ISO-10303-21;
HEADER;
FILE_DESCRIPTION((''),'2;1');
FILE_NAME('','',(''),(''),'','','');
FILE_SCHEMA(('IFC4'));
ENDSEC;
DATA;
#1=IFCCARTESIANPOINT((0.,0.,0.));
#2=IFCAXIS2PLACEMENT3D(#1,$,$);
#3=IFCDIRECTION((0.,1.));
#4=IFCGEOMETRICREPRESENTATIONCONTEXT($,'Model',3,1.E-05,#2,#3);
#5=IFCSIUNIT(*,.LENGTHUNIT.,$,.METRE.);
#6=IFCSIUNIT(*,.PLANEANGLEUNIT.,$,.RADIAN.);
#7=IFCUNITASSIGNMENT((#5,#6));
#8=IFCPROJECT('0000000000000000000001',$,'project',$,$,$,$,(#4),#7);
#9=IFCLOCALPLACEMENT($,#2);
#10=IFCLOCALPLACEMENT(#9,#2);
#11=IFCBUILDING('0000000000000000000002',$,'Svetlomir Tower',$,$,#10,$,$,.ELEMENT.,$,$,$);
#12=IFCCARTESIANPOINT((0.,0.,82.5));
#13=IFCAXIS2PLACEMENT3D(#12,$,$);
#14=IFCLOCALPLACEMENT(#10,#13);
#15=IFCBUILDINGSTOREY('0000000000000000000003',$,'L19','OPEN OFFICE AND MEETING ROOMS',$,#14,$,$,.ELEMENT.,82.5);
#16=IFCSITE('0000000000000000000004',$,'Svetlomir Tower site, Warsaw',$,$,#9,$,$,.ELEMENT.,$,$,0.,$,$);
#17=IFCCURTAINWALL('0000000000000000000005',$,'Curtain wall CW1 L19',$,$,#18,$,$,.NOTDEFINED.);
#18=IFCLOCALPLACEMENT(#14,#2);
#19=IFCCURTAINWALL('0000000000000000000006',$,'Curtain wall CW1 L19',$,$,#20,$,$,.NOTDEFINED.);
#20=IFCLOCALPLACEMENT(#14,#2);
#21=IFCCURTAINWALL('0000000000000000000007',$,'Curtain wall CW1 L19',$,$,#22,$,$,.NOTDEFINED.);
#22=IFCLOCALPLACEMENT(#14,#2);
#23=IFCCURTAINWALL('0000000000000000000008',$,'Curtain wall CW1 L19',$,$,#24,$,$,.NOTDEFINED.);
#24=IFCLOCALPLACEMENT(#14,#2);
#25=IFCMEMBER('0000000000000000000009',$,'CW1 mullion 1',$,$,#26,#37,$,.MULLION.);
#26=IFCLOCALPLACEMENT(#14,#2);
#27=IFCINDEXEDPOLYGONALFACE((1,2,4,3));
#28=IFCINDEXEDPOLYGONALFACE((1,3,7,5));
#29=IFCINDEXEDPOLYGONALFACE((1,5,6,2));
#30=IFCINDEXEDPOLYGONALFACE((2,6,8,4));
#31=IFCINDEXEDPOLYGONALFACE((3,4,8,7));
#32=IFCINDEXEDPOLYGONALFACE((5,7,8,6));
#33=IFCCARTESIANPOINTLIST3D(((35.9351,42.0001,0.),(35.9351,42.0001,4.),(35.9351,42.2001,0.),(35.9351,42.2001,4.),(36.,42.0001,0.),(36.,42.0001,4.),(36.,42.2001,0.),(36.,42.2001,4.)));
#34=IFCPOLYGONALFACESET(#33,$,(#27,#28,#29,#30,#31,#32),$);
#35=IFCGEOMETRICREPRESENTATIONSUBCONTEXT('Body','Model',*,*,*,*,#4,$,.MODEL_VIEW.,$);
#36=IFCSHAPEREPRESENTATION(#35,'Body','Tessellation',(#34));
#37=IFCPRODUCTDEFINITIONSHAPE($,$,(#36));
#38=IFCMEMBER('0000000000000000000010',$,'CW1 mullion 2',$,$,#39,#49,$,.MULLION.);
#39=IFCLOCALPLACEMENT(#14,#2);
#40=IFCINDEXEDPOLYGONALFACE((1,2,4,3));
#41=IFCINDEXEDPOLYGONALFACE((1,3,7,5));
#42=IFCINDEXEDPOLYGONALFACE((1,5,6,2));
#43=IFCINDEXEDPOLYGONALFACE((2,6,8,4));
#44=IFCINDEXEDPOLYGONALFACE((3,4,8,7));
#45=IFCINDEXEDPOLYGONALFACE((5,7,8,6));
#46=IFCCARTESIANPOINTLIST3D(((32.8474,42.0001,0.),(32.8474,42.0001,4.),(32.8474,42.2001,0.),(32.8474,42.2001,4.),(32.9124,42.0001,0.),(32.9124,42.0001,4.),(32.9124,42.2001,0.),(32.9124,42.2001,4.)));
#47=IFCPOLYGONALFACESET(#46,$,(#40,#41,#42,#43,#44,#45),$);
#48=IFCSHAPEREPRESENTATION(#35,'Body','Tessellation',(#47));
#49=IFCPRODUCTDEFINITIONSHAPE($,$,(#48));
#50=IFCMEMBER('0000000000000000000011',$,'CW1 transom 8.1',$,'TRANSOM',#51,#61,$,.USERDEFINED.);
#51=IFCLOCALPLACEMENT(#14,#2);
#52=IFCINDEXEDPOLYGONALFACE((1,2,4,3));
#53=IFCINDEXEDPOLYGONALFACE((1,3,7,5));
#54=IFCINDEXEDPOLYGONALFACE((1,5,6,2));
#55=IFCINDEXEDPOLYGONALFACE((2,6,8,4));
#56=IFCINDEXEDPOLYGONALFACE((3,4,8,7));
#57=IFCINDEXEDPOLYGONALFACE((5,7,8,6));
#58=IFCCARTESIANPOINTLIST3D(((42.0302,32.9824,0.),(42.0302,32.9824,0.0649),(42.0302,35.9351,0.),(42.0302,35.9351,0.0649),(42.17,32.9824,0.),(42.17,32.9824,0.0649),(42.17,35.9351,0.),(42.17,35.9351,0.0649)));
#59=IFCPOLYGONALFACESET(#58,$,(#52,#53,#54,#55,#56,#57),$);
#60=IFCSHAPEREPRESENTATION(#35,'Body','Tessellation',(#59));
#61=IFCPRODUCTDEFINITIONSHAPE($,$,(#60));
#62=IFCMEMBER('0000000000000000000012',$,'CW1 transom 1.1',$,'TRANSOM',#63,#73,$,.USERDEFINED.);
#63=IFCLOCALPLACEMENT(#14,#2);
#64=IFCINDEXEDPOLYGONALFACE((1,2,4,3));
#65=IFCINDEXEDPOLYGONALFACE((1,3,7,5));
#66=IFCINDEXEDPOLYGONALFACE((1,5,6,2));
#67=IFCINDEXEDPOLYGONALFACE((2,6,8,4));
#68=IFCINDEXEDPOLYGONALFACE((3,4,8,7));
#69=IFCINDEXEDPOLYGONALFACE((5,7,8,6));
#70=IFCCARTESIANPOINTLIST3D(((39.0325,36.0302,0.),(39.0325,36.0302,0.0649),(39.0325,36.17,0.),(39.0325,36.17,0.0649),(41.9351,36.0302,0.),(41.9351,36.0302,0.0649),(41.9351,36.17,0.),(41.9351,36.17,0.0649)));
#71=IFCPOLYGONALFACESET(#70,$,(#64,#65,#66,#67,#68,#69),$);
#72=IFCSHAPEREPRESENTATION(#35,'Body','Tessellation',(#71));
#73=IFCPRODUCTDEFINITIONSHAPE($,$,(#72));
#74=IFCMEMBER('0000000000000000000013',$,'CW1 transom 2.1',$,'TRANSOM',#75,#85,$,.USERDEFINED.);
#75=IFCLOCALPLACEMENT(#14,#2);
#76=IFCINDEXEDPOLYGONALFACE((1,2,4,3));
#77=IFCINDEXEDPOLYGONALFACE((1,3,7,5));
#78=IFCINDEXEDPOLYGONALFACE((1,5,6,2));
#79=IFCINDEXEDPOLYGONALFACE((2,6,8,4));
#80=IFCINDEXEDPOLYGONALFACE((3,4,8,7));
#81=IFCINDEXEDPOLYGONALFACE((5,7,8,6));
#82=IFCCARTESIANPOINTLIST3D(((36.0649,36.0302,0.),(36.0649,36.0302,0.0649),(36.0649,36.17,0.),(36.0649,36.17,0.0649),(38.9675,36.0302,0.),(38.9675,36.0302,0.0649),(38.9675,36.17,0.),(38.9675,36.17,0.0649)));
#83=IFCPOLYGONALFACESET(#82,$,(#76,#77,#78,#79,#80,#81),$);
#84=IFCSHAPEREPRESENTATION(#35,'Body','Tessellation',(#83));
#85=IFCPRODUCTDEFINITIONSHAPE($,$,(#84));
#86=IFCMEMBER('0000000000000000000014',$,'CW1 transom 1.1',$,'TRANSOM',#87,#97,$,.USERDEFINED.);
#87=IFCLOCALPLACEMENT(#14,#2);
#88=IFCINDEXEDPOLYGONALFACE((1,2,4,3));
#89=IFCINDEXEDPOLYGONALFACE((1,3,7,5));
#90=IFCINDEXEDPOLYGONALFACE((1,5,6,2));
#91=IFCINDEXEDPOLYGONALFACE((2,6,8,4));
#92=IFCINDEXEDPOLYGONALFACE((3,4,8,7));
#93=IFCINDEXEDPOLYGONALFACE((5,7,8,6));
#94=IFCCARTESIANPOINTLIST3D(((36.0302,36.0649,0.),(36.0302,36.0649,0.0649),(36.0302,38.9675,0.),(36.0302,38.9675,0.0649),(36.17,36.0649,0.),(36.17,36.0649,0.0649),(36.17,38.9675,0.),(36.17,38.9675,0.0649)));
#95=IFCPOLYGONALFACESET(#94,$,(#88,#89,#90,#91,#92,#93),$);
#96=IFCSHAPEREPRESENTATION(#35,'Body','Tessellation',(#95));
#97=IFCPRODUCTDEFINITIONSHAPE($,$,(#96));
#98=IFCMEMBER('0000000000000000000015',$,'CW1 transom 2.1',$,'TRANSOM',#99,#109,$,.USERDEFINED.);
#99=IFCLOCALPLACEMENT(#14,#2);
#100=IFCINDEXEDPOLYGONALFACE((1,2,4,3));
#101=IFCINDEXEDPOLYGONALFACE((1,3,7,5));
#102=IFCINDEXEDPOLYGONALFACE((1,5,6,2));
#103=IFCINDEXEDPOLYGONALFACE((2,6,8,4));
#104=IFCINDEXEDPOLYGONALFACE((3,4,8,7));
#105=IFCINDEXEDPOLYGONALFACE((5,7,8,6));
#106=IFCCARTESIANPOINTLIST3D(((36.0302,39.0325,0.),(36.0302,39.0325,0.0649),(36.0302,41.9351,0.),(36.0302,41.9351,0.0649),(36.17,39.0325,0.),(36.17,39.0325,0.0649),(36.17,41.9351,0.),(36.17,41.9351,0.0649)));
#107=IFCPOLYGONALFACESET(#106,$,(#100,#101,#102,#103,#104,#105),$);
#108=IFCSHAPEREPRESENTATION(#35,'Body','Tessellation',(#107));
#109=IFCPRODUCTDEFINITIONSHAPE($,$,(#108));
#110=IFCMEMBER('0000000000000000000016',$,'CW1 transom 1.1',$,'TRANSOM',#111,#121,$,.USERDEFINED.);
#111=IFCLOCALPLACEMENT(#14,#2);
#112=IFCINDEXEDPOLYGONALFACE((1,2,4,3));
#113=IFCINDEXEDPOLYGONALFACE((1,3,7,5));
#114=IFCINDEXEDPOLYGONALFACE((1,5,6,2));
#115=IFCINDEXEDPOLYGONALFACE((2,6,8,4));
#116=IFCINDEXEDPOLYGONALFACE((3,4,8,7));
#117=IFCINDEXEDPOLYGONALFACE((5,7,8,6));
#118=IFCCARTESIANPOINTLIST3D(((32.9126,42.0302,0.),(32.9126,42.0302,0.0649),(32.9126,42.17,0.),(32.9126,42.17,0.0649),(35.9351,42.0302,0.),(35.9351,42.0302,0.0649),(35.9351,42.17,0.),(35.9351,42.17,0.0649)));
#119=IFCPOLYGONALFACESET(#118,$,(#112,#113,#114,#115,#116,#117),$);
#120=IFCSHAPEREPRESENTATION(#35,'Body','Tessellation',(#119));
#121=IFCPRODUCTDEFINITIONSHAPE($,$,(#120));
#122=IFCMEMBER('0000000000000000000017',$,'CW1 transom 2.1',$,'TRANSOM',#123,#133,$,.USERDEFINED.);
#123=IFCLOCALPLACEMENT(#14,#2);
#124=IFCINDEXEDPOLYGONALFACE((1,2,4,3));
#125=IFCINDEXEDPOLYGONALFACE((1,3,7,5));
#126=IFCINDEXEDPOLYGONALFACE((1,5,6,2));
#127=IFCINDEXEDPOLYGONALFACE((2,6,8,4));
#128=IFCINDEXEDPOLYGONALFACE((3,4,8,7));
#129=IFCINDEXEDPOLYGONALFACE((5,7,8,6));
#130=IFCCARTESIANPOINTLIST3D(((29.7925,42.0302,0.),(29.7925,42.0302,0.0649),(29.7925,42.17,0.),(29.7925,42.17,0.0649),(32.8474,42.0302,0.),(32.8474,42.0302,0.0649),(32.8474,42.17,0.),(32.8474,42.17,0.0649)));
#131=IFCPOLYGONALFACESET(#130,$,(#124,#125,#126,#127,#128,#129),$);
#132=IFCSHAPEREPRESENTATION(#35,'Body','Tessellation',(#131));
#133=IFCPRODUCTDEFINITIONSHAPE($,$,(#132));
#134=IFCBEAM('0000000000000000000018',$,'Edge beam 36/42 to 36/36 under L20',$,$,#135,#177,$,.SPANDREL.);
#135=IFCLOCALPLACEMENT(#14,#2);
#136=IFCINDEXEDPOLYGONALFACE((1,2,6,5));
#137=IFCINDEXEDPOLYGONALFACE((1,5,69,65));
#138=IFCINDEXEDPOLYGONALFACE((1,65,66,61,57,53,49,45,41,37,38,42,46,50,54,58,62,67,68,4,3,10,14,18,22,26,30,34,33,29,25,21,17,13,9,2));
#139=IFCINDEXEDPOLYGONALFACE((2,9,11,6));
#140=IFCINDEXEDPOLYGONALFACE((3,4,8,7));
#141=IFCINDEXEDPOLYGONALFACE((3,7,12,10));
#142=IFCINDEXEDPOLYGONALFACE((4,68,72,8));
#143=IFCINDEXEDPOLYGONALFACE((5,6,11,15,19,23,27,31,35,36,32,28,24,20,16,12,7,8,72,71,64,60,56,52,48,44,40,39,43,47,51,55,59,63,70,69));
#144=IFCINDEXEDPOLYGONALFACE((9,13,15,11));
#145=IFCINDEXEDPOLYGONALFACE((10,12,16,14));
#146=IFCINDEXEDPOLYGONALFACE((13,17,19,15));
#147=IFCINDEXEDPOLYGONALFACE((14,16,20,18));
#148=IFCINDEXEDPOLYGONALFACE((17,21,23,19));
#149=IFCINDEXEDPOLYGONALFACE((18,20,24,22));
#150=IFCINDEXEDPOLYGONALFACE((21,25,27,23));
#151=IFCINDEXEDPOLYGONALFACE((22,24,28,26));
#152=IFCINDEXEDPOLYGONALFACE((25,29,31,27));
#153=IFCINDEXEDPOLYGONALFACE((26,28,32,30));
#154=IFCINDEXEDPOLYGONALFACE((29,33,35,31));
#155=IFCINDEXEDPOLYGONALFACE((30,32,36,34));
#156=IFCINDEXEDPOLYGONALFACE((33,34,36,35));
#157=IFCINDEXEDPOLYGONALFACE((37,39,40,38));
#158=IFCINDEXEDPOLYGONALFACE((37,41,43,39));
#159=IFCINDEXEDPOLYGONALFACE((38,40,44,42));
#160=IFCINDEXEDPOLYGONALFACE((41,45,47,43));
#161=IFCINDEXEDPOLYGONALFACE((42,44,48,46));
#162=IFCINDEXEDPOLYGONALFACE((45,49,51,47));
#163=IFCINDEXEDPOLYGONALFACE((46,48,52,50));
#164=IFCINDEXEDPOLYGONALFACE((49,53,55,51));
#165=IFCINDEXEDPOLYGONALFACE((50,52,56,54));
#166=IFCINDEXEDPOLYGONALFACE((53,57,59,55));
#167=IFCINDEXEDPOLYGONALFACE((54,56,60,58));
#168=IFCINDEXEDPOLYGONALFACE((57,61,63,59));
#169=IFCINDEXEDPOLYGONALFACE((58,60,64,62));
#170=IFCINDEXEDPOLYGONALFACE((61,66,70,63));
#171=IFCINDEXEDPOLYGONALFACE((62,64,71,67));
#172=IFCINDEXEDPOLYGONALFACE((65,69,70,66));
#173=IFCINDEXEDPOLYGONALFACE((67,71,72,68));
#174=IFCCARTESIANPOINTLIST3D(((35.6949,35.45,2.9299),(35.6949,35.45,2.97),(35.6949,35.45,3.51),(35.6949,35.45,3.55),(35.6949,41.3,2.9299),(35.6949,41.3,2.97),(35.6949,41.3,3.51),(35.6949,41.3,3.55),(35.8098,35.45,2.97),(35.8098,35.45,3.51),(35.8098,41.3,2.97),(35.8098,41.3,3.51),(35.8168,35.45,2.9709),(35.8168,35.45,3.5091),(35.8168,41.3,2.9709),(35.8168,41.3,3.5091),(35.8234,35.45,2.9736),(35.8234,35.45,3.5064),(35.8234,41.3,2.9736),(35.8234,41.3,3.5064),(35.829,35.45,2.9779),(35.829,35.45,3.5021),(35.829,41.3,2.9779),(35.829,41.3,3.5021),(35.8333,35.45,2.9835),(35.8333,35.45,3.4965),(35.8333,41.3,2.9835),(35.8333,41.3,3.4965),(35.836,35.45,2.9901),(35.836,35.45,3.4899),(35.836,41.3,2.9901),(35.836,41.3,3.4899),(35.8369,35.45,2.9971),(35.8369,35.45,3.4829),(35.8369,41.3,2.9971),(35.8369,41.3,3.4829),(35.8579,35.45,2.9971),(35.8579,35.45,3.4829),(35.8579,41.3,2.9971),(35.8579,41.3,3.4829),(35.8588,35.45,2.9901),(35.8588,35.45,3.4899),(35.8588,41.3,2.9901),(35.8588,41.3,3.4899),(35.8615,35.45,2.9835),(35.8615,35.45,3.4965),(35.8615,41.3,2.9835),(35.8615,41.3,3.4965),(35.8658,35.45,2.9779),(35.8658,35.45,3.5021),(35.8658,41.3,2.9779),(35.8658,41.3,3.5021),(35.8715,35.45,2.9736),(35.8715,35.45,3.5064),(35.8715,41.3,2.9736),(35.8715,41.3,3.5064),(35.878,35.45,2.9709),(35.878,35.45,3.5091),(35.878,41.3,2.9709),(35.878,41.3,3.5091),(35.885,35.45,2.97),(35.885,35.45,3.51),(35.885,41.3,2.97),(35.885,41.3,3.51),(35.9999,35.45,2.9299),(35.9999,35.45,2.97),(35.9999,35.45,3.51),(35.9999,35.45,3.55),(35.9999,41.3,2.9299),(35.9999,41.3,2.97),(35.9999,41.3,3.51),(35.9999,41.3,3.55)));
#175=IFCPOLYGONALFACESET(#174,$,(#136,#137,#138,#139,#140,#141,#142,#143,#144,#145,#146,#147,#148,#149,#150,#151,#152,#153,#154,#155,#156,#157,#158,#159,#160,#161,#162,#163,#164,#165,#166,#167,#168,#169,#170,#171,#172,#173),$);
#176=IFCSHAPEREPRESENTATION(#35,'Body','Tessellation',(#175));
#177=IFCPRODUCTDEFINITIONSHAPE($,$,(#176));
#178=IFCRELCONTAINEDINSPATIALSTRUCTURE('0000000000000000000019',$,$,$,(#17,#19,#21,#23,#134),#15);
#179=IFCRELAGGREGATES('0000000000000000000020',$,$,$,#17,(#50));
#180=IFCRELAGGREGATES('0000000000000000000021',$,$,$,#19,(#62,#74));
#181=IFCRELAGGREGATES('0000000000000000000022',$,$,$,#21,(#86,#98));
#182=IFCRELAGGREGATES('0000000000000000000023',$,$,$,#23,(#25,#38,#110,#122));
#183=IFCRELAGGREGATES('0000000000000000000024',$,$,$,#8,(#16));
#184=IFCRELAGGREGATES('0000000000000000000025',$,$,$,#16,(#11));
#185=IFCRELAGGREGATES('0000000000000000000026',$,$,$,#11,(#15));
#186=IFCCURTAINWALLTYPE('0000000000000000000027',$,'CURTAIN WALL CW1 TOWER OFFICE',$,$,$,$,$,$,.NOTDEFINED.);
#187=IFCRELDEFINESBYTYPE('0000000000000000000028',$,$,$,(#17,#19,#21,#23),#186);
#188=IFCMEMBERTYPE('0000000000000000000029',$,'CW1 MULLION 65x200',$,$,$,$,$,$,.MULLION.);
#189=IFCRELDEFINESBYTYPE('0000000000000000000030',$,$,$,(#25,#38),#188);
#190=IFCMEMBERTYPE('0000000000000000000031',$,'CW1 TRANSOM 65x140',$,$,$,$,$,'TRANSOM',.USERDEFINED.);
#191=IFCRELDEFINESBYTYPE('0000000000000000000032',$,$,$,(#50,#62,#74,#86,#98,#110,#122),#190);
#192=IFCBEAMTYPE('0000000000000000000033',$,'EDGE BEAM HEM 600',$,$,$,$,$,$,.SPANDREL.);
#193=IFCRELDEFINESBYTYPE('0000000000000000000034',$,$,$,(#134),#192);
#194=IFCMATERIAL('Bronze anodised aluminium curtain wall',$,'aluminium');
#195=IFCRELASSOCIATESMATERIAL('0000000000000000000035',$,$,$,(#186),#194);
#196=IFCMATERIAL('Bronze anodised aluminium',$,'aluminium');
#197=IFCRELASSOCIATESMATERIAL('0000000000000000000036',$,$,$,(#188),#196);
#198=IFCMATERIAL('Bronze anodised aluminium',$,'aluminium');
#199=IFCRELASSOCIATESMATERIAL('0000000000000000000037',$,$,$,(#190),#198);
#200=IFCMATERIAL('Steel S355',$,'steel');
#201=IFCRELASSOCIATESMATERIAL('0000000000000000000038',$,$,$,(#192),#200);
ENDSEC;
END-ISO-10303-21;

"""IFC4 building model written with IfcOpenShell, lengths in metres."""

from ifc_helpers import new_model, si_unit, direction, frame, origin, origin_2d, place, context, subcontext, project, spatial, rectangle, i_section, extrude, material, material_profile, profile_set, type_object, element, aggregate, save


model = new_model("IFC4")

# Units and contexts
model_context = context("Model", 3, precision=1e-05, world=origin(), true_north=direction((0.0, 1.0)))
body_context = subcontext(model_context, "Body", "Model", "MODEL_VIEW")
ifc_project = project(units=[si_unit("LENGTHUNIT", "METRE"), si_unit("PLANEANGLEUNIT", "RADIAN")], contexts=[model_context])

# Site, building, storey
site_placement = place(None, origin())
site = spatial("IfcSite", under=ifc_project, at=site_placement, Name="Svetlomir Tower site, Warsaw", CompositionType="ELEMENT", RefElevation=0.0)
building_placement = place(site_placement, origin())
building = spatial("IfcBuilding", under=site, at=building_placement, Name="Svetlomir Tower", CompositionType="ELEMENT")
storey_placement = place(building_placement, frame((0.0, 0.0, 82.5)))
storey = spatial("IfcBuildingStorey", under=building, at=storey_placement, Name="L19", Description="OPEN OFFICE AND MEETING ROOMS", CompositionType="ELEMENT", Elevation=82.5)

# Curtain walls
ifc_material_1 = material(Name="Bronze anodised aluminium curtain wall", Category="aluminium")
curtain_wall_type = type_object("IfcCurtainWallType", Name="CURTAIN WALL CW1 TOWER OFFICE", PredefinedType="NOTDEFINED", material=ifc_material_1)
curtain_wall_1_placement = place(storey_placement, origin())
curtain_wall_1 = element("IfcCurtainWall", 1, at=curtain_wall_1_placement, inside=storey, type_object=curtain_wall_type, Name="Curtain wall CW1 L19", PredefinedType="NOTDEFINED")
curtain_wall_2_placement = place(storey_placement, origin())
curtain_wall_2 = element("IfcCurtainWall", 2, at=curtain_wall_2_placement, inside=storey, type_object=curtain_wall_type, Name="Curtain wall CW1 L19", PredefinedType="NOTDEFINED")
curtain_wall_3_placement = place(storey_placement, origin())
curtain_wall_3 = element("IfcCurtainWall", 3, at=curtain_wall_3_placement, inside=storey, type_object=curtain_wall_type, Name="Curtain wall CW1 L19", PredefinedType="NOTDEFINED")
curtain_wall_4_placement = place(storey_placement, origin())
curtain_wall_4 = element("IfcCurtainWall", 4, at=curtain_wall_4_placement, inside=storey, type_object=curtain_wall_type, Name="Curtain wall CW1 L19", PredefinedType="NOTDEFINED")

# Members
ifc_material_2 = material(Name="Bronze anodised aluminium", Category="aluminium")
ifc_material_profile_1 = material_profile(ifc_material_2, rectangle(XDim=0.0649, YDim=0.2, at=origin_2d()), Name="AL 65x200")
ifc_profile_set_1 = profile_set([ifc_material_profile_1], Name="Bronze anodised aluminium 6063-T6")
member_type_1 = type_object("IfcMemberType", Name="CW1 MULLION 65x200", PredefinedType="MULLION", material=ifc_profile_set_1)
member_1_placement = place(storey_placement, frame((35.9675, 42.1001, 0.0), z_axis=(0.0, 0.0, 1.0), x_axis=(-1.0, 0.0, 0.0)))
member_1 = element("IfcMember", 5, at=member_1_placement, type_object=member_type_1, Name="CW1 mullion 1", PredefinedType="MULLION", context=body_context, shape_type="SweptSolid", body=[
    extrude(rectangle(XDim=0.0649, YDim=0.2, at=origin_2d()), origin(), (0.0, 0.0, 1.0), 4.0),
])
member_2_placement = place(storey_placement, frame((32.8799, 42.1001, 0.0), z_axis=(0.0, 0.0, 1.0), x_axis=(-1.0, 0.0, 0.0)))
member_2 = element("IfcMember", 6, at=member_2_placement, type_object=member_type_1, Name="CW1 mullion 2", PredefinedType="MULLION", context=body_context, shape_type="SweptSolid", body=[
    extrude(rectangle(XDim=0.0649, YDim=0.2, at=origin_2d()), origin(), (0.0, 0.0, 1.0), 4.0),
])
ifc_material_3 = material(Name="Bronze anodised aluminium", Category="aluminium")
ifc_material_profile_2 = material_profile(ifc_material_3, rectangle(XDim=0.1399, YDim=0.0649, at=origin_2d()), Name="AL 140x65")
ifc_profile_set_2 = profile_set([ifc_material_profile_2], Name="Bronze anodised aluminium 6063-T6")
member_type_2 = type_object("IfcMemberType", Name="CW1 TRANSOM 65x140", ElementType="TRANSOM", PredefinedType="USERDEFINED", material=ifc_profile_set_2)
member_3_placement = place(storey_placement, frame((42.1001, 32.9824, 0.0325), z_axis=(0.0, 1.0, 0.0), x_axis=(-1.0, 0.0, 0.0)))
member_3 = element("IfcMember", 7, at=member_3_placement, type_object=member_type_2, Name="CW1 transom 8.1", ObjectType="TRANSOM", PredefinedType="USERDEFINED", context=body_context, shape_type="SweptSolid", body=[
    extrude(rectangle(XDim=0.1399, YDim=0.0649, at=origin_2d()), origin(), (0.0, 0.0, 1.0), 2.9526),
])
member_4_placement = place(storey_placement, frame((41.9351, 36.1001, 0.0325), z_axis=(-1.0, 0.0, 0.0), x_axis=(0.0, -1.0, 0.0)))
member_4 = element("IfcMember", 8, at=member_4_placement, type_object=member_type_2, Name="CW1 transom 1.1", ObjectType="TRANSOM", PredefinedType="USERDEFINED", context=body_context, shape_type="SweptSolid", body=[
    extrude(rectangle(XDim=0.1399, YDim=0.0649, at=origin_2d()), origin(), (0.0, 0.0, 1.0), 2.9026),
])
member_5_placement = place(storey_placement, frame((38.9675, 36.1001, 0.0325), z_axis=(-1.0, 0.0, 0.0), x_axis=(0.0, -1.0, 0.0)))
member_5 = element("IfcMember", 9, at=member_5_placement, type_object=member_type_2, Name="CW1 transom 2.1", ObjectType="TRANSOM", PredefinedType="USERDEFINED", context=body_context, shape_type="SweptSolid", body=[
    extrude(rectangle(XDim=0.1399, YDim=0.0649, at=origin_2d()), origin(), (0.0, 0.0, 1.0), 2.9026),
])
member_6_placement = place(storey_placement, frame((36.1001, 36.0649, 0.0325), z_axis=(0.0, 1.0, 0.0), x_axis=(-1.0, 0.0, 0.0)))
member_6 = element("IfcMember", 10, at=member_6_placement, type_object=member_type_2, Name="CW1 transom 1.1", ObjectType="TRANSOM", PredefinedType="USERDEFINED", context=body_context, shape_type="SweptSolid", body=[
    extrude(rectangle(XDim=0.1399, YDim=0.0649, at=origin_2d()), origin(), (0.0, 0.0, 1.0), 2.9026),
])
member_7_placement = place(storey_placement, frame((36.1001, 39.0325, 0.0325), z_axis=(0.0, 1.0, 0.0), x_axis=(-1.0, 0.0, 0.0)))
member_7 = element("IfcMember", 11, at=member_7_placement, type_object=member_type_2, Name="CW1 transom 2.1", ObjectType="TRANSOM", PredefinedType="USERDEFINED", context=body_context, shape_type="SweptSolid", body=[
    extrude(rectangle(XDim=0.1399, YDim=0.0649, at=origin_2d()), origin(), (0.0, 0.0, 1.0), 2.9026),
])
member_8_placement = place(storey_placement, frame((35.9351, 42.1001, 0.0325), z_axis=(-1.0, 0.0, 0.0), x_axis=(0.0, -1.0, 0.0)))
member_8 = element("IfcMember", 12, at=member_8_placement, type_object=member_type_2, Name="CW1 transom 1.1", ObjectType="TRANSOM", PredefinedType="USERDEFINED", context=body_context, shape_type="SweptSolid", body=[
    extrude(rectangle(XDim=0.1399, YDim=0.0649, at=origin_2d()), origin(), (0.0, 0.0, 1.0), 3.0225),
])
member_9_placement = place(storey_placement, frame((32.8474, 42.1001, 0.0325), z_axis=(-1.0, 0.0, 0.0), x_axis=(0.0, -1.0, 0.0)))
member_9 = element("IfcMember", 13, at=member_9_placement, type_object=member_type_2, Name="CW1 transom 2.1", ObjectType="TRANSOM", PredefinedType="USERDEFINED", context=body_context, shape_type="SweptSolid", body=[
    extrude(rectangle(XDim=0.1399, YDim=0.0649, at=origin_2d()), origin(), (0.0, 0.0, 1.0), 3.0549),
])

# Beam
ifc_material_4 = material(Name="Steel S355", Category="steel")
ifc_material_profile_3 = material_profile(ifc_material_4, i_section(OverallWidth=0.3049, OverallDepth=0.6201, WebThickness=0.021, FlangeThickness=0.04, FilletRadius=0.0271, at=origin_2d()), Name="HEM 600")
ifc_profile_set_3 = profile_set([ifc_material_profile_3], Name="Steel S355")
beam_type = type_object("IfcBeamType", Name="EDGE BEAM HEM 600", PredefinedType="SPANDREL", material=ifc_profile_set_3)
for number, where, z_axis, x_axis, name in (
    (14, (35.8474, 41.3, 3.24), (0.0, -1.0, 0.0), (1.0, 0.0, 0.0), "Edge beam 36/42 to 36/36 under L20"),
):
    element("IfcBeam", number, at=place(storey_placement, frame(where, z_axis=z_axis, x_axis=x_axis)), inside=storey, type_object=beam_type, Name=name, PredefinedType="SPANDREL", context=body_context, shape_type="SweptSolid", body=[
        extrude(i_section(OverallWidth=0.3049, OverallDepth=0.6201, WebThickness=0.021, FlangeThickness=0.04, FilletRadius=0.0271, at=origin_2d()), origin(), (0.0, 0.0, 1.0), 5.8501),
    ])

aggregate(curtain_wall_1, [member_3])
aggregate(curtain_wall_2, [member_4, member_5])
aggregate(curtain_wall_3, [member_6, member_7])
aggregate(curtain_wall_4, [member_1, member_2, member_8, member_9])

save(model, "model.ifc")
